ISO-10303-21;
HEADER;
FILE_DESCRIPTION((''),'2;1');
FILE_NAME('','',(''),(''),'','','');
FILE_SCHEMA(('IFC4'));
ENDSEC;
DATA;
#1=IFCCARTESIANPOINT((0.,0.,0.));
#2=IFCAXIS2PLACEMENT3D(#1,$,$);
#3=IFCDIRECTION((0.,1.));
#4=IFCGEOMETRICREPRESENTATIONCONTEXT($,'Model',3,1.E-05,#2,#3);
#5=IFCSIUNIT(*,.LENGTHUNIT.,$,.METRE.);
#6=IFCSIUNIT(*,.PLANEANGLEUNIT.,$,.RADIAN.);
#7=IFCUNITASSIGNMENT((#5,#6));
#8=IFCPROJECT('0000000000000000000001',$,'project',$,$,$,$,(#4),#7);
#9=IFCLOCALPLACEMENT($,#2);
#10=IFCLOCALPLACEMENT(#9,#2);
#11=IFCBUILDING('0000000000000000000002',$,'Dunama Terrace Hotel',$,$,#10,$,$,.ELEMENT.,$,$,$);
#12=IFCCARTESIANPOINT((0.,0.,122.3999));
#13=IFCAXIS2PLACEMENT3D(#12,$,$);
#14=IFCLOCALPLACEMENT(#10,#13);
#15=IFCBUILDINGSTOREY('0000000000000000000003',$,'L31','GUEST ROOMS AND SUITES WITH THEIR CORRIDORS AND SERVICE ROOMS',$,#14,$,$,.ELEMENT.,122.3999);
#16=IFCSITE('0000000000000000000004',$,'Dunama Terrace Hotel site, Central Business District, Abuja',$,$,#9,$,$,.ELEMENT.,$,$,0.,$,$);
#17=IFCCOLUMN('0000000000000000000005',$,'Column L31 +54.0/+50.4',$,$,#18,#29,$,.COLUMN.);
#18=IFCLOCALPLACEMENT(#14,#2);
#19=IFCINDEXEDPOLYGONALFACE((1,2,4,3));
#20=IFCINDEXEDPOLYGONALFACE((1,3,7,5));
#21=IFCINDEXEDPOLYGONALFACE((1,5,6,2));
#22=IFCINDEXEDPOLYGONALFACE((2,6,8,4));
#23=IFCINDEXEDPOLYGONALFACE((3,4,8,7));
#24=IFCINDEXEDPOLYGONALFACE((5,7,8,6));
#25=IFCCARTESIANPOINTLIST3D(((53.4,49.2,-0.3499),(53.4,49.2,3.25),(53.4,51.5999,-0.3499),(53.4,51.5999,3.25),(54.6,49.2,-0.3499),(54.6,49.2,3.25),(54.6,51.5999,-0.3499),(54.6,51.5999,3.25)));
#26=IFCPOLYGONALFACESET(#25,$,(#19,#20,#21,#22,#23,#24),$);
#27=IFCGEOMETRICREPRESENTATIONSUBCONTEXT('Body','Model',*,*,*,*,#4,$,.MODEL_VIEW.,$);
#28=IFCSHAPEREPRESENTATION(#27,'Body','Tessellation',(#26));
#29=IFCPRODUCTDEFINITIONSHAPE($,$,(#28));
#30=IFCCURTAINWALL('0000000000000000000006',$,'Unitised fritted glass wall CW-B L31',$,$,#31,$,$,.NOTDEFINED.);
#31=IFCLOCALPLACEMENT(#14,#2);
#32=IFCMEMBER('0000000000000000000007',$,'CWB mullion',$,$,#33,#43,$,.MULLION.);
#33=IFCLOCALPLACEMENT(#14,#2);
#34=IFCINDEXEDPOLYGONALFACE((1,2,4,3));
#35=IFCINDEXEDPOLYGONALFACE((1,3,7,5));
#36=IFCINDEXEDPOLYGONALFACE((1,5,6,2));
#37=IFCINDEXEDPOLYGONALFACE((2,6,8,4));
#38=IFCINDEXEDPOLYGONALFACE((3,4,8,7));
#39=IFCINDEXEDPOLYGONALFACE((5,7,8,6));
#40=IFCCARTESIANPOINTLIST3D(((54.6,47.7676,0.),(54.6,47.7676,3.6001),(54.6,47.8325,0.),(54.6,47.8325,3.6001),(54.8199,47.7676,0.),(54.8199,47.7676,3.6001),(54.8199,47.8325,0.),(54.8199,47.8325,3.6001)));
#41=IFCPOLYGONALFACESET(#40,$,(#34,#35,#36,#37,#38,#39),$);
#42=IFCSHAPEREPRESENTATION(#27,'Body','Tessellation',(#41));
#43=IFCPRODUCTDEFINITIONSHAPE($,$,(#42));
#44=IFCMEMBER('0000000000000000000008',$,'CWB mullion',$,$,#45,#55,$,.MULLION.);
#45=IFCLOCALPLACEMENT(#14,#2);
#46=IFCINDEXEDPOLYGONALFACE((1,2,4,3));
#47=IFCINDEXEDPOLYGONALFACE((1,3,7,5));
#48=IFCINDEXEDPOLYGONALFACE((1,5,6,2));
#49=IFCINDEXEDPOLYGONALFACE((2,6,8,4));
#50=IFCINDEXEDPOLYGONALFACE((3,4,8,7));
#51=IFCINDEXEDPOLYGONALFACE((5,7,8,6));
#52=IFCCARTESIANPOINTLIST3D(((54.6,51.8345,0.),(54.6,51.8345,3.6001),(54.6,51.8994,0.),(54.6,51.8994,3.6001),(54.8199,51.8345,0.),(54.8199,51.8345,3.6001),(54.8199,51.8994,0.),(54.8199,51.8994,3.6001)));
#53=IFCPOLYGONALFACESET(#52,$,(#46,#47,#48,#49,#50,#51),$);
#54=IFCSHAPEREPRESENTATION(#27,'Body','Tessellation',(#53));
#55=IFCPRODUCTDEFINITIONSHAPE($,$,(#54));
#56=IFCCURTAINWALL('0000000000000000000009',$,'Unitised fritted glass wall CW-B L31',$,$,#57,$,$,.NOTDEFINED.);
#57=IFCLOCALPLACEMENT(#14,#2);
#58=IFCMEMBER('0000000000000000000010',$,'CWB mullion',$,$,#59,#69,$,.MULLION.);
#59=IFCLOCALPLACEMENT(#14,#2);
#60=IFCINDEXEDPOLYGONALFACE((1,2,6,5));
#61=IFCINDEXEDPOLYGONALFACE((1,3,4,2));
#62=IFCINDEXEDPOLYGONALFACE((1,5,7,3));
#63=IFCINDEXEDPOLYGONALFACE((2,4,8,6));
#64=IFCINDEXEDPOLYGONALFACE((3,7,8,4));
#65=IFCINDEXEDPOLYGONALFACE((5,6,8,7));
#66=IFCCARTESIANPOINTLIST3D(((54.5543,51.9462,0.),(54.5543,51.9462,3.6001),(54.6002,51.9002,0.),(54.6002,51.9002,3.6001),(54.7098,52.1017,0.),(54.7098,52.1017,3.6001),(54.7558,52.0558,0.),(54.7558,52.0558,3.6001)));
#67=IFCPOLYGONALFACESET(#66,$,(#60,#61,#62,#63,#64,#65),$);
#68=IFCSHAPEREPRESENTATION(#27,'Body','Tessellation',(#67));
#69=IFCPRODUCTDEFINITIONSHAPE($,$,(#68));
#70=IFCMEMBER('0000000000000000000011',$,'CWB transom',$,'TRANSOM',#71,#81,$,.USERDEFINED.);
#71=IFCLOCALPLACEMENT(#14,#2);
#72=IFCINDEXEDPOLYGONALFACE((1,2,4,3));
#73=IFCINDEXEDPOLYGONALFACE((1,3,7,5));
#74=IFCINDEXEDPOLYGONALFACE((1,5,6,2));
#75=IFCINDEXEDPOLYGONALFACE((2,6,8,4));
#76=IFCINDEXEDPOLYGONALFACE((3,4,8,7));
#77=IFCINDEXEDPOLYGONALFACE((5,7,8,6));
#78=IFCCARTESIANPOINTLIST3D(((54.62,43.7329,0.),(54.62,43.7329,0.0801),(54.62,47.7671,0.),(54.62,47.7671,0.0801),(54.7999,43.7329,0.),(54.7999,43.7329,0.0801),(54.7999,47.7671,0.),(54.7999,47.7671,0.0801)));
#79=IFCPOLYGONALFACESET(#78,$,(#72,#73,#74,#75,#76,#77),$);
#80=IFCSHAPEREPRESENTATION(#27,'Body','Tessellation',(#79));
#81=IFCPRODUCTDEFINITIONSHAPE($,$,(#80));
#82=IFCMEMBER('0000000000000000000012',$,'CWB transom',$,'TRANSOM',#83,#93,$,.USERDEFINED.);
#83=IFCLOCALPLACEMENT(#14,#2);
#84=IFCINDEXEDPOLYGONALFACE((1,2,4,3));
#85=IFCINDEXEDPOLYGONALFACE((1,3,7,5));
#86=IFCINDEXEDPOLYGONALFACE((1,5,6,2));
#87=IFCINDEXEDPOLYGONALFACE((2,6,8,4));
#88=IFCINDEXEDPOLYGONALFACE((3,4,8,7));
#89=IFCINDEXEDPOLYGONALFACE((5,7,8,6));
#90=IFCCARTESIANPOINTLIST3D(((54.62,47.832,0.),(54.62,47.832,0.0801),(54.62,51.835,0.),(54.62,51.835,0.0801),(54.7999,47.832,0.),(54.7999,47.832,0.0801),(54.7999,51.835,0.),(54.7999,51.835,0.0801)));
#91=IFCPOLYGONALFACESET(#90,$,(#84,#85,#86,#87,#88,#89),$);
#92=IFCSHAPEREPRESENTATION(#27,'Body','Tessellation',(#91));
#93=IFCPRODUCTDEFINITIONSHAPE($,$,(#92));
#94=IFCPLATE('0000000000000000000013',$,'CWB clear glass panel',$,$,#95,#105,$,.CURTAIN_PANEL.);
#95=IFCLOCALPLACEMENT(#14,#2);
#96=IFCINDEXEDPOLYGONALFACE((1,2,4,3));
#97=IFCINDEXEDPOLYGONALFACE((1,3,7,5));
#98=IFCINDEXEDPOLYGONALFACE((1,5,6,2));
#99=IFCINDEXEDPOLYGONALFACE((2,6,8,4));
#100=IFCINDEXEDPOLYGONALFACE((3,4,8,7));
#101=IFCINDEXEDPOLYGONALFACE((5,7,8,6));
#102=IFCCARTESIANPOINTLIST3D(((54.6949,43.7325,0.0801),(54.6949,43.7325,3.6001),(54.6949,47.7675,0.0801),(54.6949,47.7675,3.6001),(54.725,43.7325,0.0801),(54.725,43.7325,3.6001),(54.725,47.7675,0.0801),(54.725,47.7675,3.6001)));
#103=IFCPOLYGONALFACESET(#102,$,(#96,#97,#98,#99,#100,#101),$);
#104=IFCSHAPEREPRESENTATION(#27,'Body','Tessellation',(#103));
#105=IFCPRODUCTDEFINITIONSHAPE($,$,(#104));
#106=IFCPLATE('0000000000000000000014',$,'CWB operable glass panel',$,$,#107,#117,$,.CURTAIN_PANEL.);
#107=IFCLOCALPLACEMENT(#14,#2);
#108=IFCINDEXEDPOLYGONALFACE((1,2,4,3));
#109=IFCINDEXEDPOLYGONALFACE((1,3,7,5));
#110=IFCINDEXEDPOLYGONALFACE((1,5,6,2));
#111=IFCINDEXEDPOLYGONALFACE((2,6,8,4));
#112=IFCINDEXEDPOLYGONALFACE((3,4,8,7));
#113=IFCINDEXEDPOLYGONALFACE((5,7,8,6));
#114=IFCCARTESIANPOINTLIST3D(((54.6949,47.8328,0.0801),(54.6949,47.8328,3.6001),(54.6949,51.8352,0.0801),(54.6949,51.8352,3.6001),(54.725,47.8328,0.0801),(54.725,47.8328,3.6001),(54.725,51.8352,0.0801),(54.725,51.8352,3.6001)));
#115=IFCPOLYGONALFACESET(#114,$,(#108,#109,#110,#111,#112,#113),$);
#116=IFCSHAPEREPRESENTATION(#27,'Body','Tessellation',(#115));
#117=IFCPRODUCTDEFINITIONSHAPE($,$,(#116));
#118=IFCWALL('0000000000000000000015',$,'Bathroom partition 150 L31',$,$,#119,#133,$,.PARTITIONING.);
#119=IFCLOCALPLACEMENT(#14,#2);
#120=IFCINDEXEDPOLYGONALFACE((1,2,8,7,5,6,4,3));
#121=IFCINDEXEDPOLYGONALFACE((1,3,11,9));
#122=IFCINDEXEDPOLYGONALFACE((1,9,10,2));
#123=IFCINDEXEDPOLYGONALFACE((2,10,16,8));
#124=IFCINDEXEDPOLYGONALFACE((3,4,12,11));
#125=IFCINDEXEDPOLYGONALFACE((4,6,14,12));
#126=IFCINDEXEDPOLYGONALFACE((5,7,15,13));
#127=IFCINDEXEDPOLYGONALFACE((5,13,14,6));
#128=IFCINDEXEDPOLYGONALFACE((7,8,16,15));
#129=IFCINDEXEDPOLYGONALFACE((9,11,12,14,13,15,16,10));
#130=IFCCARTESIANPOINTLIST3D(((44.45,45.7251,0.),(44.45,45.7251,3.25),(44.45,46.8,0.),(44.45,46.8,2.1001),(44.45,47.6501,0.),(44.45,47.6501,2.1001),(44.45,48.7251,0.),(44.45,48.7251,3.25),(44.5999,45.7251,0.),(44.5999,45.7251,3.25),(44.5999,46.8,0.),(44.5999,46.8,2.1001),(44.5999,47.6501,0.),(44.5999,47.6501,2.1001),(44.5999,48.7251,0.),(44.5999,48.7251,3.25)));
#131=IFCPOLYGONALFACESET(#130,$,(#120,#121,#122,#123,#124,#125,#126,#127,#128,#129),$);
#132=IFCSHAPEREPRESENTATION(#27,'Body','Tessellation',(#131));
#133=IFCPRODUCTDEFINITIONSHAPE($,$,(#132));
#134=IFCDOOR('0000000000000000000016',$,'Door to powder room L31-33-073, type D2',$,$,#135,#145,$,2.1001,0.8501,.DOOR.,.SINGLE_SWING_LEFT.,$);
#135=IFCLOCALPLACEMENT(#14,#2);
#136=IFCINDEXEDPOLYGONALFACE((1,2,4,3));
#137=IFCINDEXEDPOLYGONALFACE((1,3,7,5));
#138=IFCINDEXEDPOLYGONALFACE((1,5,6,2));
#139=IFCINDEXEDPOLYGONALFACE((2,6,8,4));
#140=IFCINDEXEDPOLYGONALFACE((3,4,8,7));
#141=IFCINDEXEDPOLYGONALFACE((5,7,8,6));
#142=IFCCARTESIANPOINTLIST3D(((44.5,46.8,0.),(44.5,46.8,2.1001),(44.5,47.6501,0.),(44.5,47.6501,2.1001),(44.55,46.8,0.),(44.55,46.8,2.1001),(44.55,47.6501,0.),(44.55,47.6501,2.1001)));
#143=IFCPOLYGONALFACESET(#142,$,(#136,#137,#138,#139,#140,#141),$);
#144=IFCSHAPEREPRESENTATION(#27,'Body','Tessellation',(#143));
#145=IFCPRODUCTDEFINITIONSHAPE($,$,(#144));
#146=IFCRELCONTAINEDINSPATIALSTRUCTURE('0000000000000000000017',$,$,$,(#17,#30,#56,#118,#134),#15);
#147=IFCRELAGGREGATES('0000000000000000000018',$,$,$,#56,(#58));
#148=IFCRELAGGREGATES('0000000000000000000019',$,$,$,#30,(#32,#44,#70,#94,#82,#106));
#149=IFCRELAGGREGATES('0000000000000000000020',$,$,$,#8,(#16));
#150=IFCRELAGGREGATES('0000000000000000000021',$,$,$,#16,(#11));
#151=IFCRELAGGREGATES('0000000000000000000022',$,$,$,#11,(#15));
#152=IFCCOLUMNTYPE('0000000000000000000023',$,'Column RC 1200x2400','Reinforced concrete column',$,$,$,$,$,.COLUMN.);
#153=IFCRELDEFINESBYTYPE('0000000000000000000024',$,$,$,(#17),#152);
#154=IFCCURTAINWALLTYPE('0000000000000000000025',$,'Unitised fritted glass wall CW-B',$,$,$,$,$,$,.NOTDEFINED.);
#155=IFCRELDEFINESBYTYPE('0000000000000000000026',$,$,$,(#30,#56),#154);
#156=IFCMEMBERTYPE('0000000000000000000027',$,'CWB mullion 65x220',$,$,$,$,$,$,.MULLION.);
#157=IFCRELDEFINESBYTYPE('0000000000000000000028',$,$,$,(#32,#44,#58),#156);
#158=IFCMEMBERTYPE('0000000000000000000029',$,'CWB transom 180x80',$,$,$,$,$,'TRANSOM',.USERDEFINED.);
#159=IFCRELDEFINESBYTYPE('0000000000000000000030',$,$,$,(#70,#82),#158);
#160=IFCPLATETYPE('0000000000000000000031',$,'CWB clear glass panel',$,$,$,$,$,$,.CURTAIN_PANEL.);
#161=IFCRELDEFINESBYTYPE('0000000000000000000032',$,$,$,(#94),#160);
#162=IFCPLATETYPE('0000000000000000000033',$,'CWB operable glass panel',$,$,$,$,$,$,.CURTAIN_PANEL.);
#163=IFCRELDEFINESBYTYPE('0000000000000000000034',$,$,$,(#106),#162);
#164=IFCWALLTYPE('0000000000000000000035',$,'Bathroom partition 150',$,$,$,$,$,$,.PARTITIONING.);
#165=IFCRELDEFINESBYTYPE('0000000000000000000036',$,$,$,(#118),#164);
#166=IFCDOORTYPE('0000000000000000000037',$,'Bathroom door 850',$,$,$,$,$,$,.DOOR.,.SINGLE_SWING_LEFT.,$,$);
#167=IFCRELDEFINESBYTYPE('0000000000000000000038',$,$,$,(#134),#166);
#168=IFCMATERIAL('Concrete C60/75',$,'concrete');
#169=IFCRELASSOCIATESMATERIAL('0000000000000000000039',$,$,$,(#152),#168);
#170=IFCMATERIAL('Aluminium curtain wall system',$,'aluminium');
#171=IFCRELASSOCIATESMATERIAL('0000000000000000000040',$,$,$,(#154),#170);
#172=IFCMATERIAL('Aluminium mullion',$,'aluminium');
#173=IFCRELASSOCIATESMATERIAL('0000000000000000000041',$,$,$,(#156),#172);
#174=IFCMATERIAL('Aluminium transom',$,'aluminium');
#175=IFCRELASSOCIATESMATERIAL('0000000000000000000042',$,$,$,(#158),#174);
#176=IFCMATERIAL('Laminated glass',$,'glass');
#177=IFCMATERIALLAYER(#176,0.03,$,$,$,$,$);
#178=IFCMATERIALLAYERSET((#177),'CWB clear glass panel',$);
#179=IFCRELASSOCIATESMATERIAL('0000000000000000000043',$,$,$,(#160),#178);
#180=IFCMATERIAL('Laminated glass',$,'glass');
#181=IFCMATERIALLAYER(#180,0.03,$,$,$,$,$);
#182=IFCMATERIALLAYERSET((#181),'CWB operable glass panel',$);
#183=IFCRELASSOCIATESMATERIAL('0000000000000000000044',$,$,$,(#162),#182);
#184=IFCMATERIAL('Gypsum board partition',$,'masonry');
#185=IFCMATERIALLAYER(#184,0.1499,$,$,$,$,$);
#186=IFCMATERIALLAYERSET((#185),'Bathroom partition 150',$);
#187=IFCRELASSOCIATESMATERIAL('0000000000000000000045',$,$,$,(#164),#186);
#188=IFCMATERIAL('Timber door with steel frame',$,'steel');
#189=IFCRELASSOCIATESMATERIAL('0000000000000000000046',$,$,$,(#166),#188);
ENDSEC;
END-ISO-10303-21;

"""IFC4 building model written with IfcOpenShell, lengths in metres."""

from ifc_helpers import new_model, si_unit, direction, frame, frame_2d, origin, origin_2d, place, context, subcontext, project, spatial, rectangle, extrude, material, layer, layer_set, material_profile, profile_set, type_object, element, fill, aggregate, save


model = new_model("IFC4")

# Units and contexts
model_context = context("Model", 3, precision=1e-05, world=origin(), true_north=direction((0.0, 1.0)))
body_context = subcontext(model_context, "Body", "Model", "MODEL_VIEW")
ifc_project = project(units=[si_unit("LENGTHUNIT", "METRE"), si_unit("PLANEANGLEUNIT", "RADIAN")], contexts=[model_context])

# Site, building, storey
site_placement = place(None, origin())
site = spatial("IfcSite", under=ifc_project, at=site_placement, Name="Dunama Terrace Hotel site, Central Business District, Abuja", CompositionType="ELEMENT", RefElevation=0.0)
building_placement = place(site_placement, origin())
building = spatial("IfcBuilding", under=site, at=building_placement, Name="Dunama Terrace Hotel", CompositionType="ELEMENT")
storey_placement = place(building_placement, frame((0.0, 0.0, 122.3999)))
storey = spatial("IfcBuildingStorey", under=building, at=storey_placement, Name="L31", Description="GUEST ROOMS AND SUITES WITH THEIR CORRIDORS AND SERVICE ROOMS", CompositionType="ELEMENT", Elevation=122.3999)

# Column
ifc_material_1 = material(Name="Concrete C60/75", Category="concrete")
ifc_material_profile_1 = material_profile(ifc_material_1, rectangle(XDim=1.2, YDim=2.3999, at=origin_2d()), Name="RC 1200x2400")
ifc_profile_set_1 = profile_set([ifc_material_profile_1], Name="Concrete C60/75")
column_type = type_object("IfcColumnType", Name="Column RC 1200x2400", Description="Reinforced concrete column", PredefinedType="COLUMN", material=ifc_profile_set_1)
column_placement = place(storey_placement, frame((54.0, 50.3999, -0.3499), z_axis=(0.0, 0.0, 1.0), x_axis=(1.0, 0.0, 0.0)))
element("IfcColumn", 1, at=column_placement, inside=storey, type_object=column_type, Name="Column L31 +54.0/+50.4", PredefinedType="COLUMN", context=body_context, shape_type="SweptSolid", body=[
    extrude(rectangle(XDim=1.2, YDim=2.3999, at=origin_2d()), origin(), (0.0, 0.0, 1.0), 3.5999),
])

# Curtain wall, members
ifc_material_2 = material(Name="Aluminium curtain wall system", Category="aluminium")
curtain_wall_type = type_object("IfcCurtainWallType", Name="Unitised fritted glass wall CW-B", PredefinedType="NOTDEFINED", material=ifc_material_2)
curtain_wall_1_placement = place(storey_placement, origin())
curtain_wall_1 = element("IfcCurtainWall", 2, at=curtain_wall_1_placement, inside=storey, type_object=curtain_wall_type, Name="Unitised fritted glass wall CW-B L31", PredefinedType="NOTDEFINED")
ifc_material_3 = material(Name="Aluminium mullion", Category="aluminium")
ifc_material_profile_2 = material_profile(ifc_material_3, rectangle(XDim=0.0649, YDim=0.22, at=origin_2d()), Name="CWB MULLION 65X220")
ifc_profile_set_2 = profile_set([ifc_material_profile_2], Name="Aluminium mullion")
member_type_1 = type_object("IfcMemberType", Name="CWB mullion 65x220", PredefinedType="MULLION", material=ifc_profile_set_2)
member_1_placement = place(storey_placement, frame((54.71, 47.8, 0.0), z_axis=(0.0, 0.0, 1.0), x_axis=(0.0, 1.0, 0.0)))
member_1 = element("IfcMember", 3, at=member_1_placement, type_object=member_type_1, Name="CWB mullion", PredefinedType="MULLION", context=body_context, shape_type="SweptSolid", body=[
    extrude(rectangle(XDim=0.0649, YDim=0.22, at=origin_2d()), origin(), (0.0, 0.0, 1.0), 3.6001),
])
member_2_placement = place(storey_placement, frame((54.71, 51.8669, 0.0), z_axis=(0.0, 0.0, 1.0), x_axis=(0.0, 1.0, 0.0)))
member_2 = element("IfcMember", 4, at=member_2_placement, type_object=member_type_1, Name="CWB mullion", PredefinedType="MULLION", context=body_context, shape_type="SweptSolid", body=[
    extrude(rectangle(XDim=0.0649, YDim=0.22, at=origin_2d()), origin(), (0.0, 0.0, 1.0), 3.6001),
])

# Curtain wall, member
curtain_wall_2_placement = place(storey_placement, origin())
curtain_wall_2 = element("IfcCurtainWall", 5, at=curtain_wall_2_placement, inside=storey, type_object=curtain_wall_type, Name="Unitised fritted glass wall CW-B L31", PredefinedType="NOTDEFINED")
member_3_placement = place(storey_placement, frame((54.655, 52.001, 0.0), z_axis=(0.0, 0.0, 1.0), x_axis=(-0.707107, 0.707107, 0.0)))
member_3 = element("IfcMember", 6, at=member_3_placement, type_object=member_type_1, Name="CWB mullion", PredefinedType="MULLION", context=body_context, shape_type="SweptSolid", body=[
    extrude(rectangle(XDim=0.0649, YDim=0.22, at=origin_2d()), origin(), (0.0, 0.0, 1.0), 3.6001),
])
aggregate(curtain_wall_2, [member_3])

# Members
ifc_material_4 = material(Name="Aluminium transom", Category="aluminium")
ifc_material_profile_3 = material_profile(ifc_material_4, rectangle(XDim=0.1799, YDim=0.0801, at=origin_2d()), Name="CWB TRANSOM 180X80")
ifc_profile_set_3 = profile_set([ifc_material_profile_3], Name="Aluminium transom")
member_type_2 = type_object("IfcMemberType", Name="CWB transom 180x80", ElementType="TRANSOM", PredefinedType="USERDEFINED", material=ifc_profile_set_3)
member_4_placement = place(storey_placement, frame((54.71, 43.7329, 0.04), z_axis=(0.0, 1.0, 0.0), x_axis=(-1.0, 0.0, 0.0)))
member_4 = element("IfcMember", 7, at=member_4_placement, type_object=member_type_2, Name="CWB transom", ObjectType="TRANSOM", PredefinedType="USERDEFINED", context=body_context, shape_type="SweptSolid", body=[
    extrude(rectangle(XDim=0.1799, YDim=0.0801, at=origin_2d()), origin(), (0.0, 0.0, 1.0), 4.0342),
])
member_5_placement = place(storey_placement, frame((54.71, 47.832, 0.04), z_axis=(0.0, 1.0, 0.0), x_axis=(-1.0, 0.0, 0.0)))
member_5 = element("IfcMember", 8, at=member_5_placement, type_object=member_type_2, Name="CWB transom", ObjectType="TRANSOM", PredefinedType="USERDEFINED", context=body_context, shape_type="SweptSolid", body=[
    extrude(rectangle(XDim=0.1799, YDim=0.0801, at=origin_2d()), origin(), (0.0, 0.0, 1.0), 4.0029),
])

# Plates
ifc_material_5 = material(Name="Laminated glass", Category="glass")
ifc_layer_1 = layer(ifc_material_5, 0.03)
ifc_layer_set_1 = layer_set([ifc_layer_1], Name="CWB clear glass panel")
plate_type_1 = type_object("IfcPlateType", Name="CWB clear glass panel", PredefinedType="CURTAIN_PANEL", material=ifc_layer_set_1)
plate_1_placement = place(storey_placement, frame((54.71, 45.75, 0.0801), z_axis=(0.0, 0.0, 1.0), x_axis=(0.0, 1.0, 0.0)))
plate_1 = element("IfcPlate", 9, at=plate_1_placement, type_object=plate_type_1, Name="CWB clear glass panel", PredefinedType="CURTAIN_PANEL", context=body_context, shape_type="SweptSolid", body=[
    extrude(rectangle(XDim=4.0349, YDim=0.03, at=origin_2d()), origin(), (0.0, 0.0, 1.0), 3.52),
])
ifc_material_6 = material(Name="Laminated glass", Category="glass")
ifc_layer_2 = layer(ifc_material_6, 0.03)
ifc_layer_set_2 = layer_set([ifc_layer_2], Name="CWB operable glass panel")
plate_type_2 = type_object("IfcPlateType", Name="CWB operable glass panel", PredefinedType="CURTAIN_PANEL", material=ifc_layer_set_2)
plate_2_placement = place(storey_placement, frame((54.71, 49.834, 0.0801), z_axis=(0.0, 0.0, 1.0), x_axis=(0.0, 1.0, 0.0)))
plate_2 = element("IfcPlate", 10, at=plate_2_placement, type_object=plate_type_2, Name="CWB operable glass panel", PredefinedType="CURTAIN_PANEL", context=body_context, shape_type="SweptSolid", body=[
    extrude(rectangle(XDim=4.0024, YDim=0.03, at=origin_2d()), origin(), (0.0, 0.0, 1.0), 3.52),
])
aggregate(curtain_wall_1, [member_1, member_2, member_4, plate_1, member_5, plate_2])

# Wall, opening, door
ifc_material_7 = material(Name="Gypsum board partition", Category="masonry")
ifc_layer_3 = layer(ifc_material_7, 0.1499)
ifc_layer_set_3 = layer_set([ifc_layer_3], Name="Bathroom partition 150")
wall_type_1 = type_object("IfcWallType", Name="Bathroom partition 150", PredefinedType="PARTITIONING", material=ifc_layer_set_3)
wall_1_placement = place(storey_placement, frame((44.5249, 45.7251, 0.0), z_axis=(0.0, 0.0, 1.0), x_axis=(0.0, 1.0, 0.0)))
wall_1 = element("IfcWall", 11, at=wall_1_placement, inside=storey, type_object=wall_type_1, Name="Bathroom partition 150 L31", PredefinedType="PARTITIONING", context=body_context, shape_type="SweptSolid", body=[
    extrude(rectangle(XDim=3.0, YDim=0.1499, at=frame_2d((1.5, 0.0))), origin(), (0.0, 0.0, 1.0), 3.25),
])
opening_1_placement = place(wall_1_placement, frame((1.075, 0.0, 0.0)))
opening_1 = element("IfcOpeningElement", 12, at=opening_1_placement, cuts=wall_1, PredefinedType="OPENING", context=body_context, shape_type="SweptSolid", body=[
    extrude(rectangle(XDim=0.8501, YDim=2.1001, at=frame_2d((0.425, 1.05))), frame((0.0, 0.085, 0.0), z_axis=(0.0, -1.0, 0.0), x_axis=(1.0, 0.0, 0.0)), (0.0, 0.0, 1.0), 0.1699),
])
ifc_material_8 = material(Name="Timber door with steel frame", Category="steel")
door_type_1 = type_object("IfcDoorType", Name="Bathroom door 850", OperationType="SINGLE_SWING_LEFT", PredefinedType="DOOR", material=ifc_material_8)
door_1_placement = place(opening_1_placement, origin())
door_1 = element("IfcDoor", 13, at=door_1_placement, inside=storey, type_object=door_type_1, Name="Door to powder room L31-33-073, type D2", OperationType="SINGLE_SWING_LEFT", OverallHeight=2.1001, OverallWidth=0.8501, PredefinedType="DOOR", context=body_context, shape_type="SweptSolid", body=[
    extrude(rectangle(XDim=0.8501, YDim=2.1001, at=frame_2d((0.425, 1.05))), frame((0.0, 0.0249, 0.0), z_axis=(0.0, -1.0, 0.0), x_axis=(1.0, 0.0, 0.0)), (0.0, 0.0, 1.0), 0.05),
])
fill(opening_1, door_1)

save(model, "model.ifc")
